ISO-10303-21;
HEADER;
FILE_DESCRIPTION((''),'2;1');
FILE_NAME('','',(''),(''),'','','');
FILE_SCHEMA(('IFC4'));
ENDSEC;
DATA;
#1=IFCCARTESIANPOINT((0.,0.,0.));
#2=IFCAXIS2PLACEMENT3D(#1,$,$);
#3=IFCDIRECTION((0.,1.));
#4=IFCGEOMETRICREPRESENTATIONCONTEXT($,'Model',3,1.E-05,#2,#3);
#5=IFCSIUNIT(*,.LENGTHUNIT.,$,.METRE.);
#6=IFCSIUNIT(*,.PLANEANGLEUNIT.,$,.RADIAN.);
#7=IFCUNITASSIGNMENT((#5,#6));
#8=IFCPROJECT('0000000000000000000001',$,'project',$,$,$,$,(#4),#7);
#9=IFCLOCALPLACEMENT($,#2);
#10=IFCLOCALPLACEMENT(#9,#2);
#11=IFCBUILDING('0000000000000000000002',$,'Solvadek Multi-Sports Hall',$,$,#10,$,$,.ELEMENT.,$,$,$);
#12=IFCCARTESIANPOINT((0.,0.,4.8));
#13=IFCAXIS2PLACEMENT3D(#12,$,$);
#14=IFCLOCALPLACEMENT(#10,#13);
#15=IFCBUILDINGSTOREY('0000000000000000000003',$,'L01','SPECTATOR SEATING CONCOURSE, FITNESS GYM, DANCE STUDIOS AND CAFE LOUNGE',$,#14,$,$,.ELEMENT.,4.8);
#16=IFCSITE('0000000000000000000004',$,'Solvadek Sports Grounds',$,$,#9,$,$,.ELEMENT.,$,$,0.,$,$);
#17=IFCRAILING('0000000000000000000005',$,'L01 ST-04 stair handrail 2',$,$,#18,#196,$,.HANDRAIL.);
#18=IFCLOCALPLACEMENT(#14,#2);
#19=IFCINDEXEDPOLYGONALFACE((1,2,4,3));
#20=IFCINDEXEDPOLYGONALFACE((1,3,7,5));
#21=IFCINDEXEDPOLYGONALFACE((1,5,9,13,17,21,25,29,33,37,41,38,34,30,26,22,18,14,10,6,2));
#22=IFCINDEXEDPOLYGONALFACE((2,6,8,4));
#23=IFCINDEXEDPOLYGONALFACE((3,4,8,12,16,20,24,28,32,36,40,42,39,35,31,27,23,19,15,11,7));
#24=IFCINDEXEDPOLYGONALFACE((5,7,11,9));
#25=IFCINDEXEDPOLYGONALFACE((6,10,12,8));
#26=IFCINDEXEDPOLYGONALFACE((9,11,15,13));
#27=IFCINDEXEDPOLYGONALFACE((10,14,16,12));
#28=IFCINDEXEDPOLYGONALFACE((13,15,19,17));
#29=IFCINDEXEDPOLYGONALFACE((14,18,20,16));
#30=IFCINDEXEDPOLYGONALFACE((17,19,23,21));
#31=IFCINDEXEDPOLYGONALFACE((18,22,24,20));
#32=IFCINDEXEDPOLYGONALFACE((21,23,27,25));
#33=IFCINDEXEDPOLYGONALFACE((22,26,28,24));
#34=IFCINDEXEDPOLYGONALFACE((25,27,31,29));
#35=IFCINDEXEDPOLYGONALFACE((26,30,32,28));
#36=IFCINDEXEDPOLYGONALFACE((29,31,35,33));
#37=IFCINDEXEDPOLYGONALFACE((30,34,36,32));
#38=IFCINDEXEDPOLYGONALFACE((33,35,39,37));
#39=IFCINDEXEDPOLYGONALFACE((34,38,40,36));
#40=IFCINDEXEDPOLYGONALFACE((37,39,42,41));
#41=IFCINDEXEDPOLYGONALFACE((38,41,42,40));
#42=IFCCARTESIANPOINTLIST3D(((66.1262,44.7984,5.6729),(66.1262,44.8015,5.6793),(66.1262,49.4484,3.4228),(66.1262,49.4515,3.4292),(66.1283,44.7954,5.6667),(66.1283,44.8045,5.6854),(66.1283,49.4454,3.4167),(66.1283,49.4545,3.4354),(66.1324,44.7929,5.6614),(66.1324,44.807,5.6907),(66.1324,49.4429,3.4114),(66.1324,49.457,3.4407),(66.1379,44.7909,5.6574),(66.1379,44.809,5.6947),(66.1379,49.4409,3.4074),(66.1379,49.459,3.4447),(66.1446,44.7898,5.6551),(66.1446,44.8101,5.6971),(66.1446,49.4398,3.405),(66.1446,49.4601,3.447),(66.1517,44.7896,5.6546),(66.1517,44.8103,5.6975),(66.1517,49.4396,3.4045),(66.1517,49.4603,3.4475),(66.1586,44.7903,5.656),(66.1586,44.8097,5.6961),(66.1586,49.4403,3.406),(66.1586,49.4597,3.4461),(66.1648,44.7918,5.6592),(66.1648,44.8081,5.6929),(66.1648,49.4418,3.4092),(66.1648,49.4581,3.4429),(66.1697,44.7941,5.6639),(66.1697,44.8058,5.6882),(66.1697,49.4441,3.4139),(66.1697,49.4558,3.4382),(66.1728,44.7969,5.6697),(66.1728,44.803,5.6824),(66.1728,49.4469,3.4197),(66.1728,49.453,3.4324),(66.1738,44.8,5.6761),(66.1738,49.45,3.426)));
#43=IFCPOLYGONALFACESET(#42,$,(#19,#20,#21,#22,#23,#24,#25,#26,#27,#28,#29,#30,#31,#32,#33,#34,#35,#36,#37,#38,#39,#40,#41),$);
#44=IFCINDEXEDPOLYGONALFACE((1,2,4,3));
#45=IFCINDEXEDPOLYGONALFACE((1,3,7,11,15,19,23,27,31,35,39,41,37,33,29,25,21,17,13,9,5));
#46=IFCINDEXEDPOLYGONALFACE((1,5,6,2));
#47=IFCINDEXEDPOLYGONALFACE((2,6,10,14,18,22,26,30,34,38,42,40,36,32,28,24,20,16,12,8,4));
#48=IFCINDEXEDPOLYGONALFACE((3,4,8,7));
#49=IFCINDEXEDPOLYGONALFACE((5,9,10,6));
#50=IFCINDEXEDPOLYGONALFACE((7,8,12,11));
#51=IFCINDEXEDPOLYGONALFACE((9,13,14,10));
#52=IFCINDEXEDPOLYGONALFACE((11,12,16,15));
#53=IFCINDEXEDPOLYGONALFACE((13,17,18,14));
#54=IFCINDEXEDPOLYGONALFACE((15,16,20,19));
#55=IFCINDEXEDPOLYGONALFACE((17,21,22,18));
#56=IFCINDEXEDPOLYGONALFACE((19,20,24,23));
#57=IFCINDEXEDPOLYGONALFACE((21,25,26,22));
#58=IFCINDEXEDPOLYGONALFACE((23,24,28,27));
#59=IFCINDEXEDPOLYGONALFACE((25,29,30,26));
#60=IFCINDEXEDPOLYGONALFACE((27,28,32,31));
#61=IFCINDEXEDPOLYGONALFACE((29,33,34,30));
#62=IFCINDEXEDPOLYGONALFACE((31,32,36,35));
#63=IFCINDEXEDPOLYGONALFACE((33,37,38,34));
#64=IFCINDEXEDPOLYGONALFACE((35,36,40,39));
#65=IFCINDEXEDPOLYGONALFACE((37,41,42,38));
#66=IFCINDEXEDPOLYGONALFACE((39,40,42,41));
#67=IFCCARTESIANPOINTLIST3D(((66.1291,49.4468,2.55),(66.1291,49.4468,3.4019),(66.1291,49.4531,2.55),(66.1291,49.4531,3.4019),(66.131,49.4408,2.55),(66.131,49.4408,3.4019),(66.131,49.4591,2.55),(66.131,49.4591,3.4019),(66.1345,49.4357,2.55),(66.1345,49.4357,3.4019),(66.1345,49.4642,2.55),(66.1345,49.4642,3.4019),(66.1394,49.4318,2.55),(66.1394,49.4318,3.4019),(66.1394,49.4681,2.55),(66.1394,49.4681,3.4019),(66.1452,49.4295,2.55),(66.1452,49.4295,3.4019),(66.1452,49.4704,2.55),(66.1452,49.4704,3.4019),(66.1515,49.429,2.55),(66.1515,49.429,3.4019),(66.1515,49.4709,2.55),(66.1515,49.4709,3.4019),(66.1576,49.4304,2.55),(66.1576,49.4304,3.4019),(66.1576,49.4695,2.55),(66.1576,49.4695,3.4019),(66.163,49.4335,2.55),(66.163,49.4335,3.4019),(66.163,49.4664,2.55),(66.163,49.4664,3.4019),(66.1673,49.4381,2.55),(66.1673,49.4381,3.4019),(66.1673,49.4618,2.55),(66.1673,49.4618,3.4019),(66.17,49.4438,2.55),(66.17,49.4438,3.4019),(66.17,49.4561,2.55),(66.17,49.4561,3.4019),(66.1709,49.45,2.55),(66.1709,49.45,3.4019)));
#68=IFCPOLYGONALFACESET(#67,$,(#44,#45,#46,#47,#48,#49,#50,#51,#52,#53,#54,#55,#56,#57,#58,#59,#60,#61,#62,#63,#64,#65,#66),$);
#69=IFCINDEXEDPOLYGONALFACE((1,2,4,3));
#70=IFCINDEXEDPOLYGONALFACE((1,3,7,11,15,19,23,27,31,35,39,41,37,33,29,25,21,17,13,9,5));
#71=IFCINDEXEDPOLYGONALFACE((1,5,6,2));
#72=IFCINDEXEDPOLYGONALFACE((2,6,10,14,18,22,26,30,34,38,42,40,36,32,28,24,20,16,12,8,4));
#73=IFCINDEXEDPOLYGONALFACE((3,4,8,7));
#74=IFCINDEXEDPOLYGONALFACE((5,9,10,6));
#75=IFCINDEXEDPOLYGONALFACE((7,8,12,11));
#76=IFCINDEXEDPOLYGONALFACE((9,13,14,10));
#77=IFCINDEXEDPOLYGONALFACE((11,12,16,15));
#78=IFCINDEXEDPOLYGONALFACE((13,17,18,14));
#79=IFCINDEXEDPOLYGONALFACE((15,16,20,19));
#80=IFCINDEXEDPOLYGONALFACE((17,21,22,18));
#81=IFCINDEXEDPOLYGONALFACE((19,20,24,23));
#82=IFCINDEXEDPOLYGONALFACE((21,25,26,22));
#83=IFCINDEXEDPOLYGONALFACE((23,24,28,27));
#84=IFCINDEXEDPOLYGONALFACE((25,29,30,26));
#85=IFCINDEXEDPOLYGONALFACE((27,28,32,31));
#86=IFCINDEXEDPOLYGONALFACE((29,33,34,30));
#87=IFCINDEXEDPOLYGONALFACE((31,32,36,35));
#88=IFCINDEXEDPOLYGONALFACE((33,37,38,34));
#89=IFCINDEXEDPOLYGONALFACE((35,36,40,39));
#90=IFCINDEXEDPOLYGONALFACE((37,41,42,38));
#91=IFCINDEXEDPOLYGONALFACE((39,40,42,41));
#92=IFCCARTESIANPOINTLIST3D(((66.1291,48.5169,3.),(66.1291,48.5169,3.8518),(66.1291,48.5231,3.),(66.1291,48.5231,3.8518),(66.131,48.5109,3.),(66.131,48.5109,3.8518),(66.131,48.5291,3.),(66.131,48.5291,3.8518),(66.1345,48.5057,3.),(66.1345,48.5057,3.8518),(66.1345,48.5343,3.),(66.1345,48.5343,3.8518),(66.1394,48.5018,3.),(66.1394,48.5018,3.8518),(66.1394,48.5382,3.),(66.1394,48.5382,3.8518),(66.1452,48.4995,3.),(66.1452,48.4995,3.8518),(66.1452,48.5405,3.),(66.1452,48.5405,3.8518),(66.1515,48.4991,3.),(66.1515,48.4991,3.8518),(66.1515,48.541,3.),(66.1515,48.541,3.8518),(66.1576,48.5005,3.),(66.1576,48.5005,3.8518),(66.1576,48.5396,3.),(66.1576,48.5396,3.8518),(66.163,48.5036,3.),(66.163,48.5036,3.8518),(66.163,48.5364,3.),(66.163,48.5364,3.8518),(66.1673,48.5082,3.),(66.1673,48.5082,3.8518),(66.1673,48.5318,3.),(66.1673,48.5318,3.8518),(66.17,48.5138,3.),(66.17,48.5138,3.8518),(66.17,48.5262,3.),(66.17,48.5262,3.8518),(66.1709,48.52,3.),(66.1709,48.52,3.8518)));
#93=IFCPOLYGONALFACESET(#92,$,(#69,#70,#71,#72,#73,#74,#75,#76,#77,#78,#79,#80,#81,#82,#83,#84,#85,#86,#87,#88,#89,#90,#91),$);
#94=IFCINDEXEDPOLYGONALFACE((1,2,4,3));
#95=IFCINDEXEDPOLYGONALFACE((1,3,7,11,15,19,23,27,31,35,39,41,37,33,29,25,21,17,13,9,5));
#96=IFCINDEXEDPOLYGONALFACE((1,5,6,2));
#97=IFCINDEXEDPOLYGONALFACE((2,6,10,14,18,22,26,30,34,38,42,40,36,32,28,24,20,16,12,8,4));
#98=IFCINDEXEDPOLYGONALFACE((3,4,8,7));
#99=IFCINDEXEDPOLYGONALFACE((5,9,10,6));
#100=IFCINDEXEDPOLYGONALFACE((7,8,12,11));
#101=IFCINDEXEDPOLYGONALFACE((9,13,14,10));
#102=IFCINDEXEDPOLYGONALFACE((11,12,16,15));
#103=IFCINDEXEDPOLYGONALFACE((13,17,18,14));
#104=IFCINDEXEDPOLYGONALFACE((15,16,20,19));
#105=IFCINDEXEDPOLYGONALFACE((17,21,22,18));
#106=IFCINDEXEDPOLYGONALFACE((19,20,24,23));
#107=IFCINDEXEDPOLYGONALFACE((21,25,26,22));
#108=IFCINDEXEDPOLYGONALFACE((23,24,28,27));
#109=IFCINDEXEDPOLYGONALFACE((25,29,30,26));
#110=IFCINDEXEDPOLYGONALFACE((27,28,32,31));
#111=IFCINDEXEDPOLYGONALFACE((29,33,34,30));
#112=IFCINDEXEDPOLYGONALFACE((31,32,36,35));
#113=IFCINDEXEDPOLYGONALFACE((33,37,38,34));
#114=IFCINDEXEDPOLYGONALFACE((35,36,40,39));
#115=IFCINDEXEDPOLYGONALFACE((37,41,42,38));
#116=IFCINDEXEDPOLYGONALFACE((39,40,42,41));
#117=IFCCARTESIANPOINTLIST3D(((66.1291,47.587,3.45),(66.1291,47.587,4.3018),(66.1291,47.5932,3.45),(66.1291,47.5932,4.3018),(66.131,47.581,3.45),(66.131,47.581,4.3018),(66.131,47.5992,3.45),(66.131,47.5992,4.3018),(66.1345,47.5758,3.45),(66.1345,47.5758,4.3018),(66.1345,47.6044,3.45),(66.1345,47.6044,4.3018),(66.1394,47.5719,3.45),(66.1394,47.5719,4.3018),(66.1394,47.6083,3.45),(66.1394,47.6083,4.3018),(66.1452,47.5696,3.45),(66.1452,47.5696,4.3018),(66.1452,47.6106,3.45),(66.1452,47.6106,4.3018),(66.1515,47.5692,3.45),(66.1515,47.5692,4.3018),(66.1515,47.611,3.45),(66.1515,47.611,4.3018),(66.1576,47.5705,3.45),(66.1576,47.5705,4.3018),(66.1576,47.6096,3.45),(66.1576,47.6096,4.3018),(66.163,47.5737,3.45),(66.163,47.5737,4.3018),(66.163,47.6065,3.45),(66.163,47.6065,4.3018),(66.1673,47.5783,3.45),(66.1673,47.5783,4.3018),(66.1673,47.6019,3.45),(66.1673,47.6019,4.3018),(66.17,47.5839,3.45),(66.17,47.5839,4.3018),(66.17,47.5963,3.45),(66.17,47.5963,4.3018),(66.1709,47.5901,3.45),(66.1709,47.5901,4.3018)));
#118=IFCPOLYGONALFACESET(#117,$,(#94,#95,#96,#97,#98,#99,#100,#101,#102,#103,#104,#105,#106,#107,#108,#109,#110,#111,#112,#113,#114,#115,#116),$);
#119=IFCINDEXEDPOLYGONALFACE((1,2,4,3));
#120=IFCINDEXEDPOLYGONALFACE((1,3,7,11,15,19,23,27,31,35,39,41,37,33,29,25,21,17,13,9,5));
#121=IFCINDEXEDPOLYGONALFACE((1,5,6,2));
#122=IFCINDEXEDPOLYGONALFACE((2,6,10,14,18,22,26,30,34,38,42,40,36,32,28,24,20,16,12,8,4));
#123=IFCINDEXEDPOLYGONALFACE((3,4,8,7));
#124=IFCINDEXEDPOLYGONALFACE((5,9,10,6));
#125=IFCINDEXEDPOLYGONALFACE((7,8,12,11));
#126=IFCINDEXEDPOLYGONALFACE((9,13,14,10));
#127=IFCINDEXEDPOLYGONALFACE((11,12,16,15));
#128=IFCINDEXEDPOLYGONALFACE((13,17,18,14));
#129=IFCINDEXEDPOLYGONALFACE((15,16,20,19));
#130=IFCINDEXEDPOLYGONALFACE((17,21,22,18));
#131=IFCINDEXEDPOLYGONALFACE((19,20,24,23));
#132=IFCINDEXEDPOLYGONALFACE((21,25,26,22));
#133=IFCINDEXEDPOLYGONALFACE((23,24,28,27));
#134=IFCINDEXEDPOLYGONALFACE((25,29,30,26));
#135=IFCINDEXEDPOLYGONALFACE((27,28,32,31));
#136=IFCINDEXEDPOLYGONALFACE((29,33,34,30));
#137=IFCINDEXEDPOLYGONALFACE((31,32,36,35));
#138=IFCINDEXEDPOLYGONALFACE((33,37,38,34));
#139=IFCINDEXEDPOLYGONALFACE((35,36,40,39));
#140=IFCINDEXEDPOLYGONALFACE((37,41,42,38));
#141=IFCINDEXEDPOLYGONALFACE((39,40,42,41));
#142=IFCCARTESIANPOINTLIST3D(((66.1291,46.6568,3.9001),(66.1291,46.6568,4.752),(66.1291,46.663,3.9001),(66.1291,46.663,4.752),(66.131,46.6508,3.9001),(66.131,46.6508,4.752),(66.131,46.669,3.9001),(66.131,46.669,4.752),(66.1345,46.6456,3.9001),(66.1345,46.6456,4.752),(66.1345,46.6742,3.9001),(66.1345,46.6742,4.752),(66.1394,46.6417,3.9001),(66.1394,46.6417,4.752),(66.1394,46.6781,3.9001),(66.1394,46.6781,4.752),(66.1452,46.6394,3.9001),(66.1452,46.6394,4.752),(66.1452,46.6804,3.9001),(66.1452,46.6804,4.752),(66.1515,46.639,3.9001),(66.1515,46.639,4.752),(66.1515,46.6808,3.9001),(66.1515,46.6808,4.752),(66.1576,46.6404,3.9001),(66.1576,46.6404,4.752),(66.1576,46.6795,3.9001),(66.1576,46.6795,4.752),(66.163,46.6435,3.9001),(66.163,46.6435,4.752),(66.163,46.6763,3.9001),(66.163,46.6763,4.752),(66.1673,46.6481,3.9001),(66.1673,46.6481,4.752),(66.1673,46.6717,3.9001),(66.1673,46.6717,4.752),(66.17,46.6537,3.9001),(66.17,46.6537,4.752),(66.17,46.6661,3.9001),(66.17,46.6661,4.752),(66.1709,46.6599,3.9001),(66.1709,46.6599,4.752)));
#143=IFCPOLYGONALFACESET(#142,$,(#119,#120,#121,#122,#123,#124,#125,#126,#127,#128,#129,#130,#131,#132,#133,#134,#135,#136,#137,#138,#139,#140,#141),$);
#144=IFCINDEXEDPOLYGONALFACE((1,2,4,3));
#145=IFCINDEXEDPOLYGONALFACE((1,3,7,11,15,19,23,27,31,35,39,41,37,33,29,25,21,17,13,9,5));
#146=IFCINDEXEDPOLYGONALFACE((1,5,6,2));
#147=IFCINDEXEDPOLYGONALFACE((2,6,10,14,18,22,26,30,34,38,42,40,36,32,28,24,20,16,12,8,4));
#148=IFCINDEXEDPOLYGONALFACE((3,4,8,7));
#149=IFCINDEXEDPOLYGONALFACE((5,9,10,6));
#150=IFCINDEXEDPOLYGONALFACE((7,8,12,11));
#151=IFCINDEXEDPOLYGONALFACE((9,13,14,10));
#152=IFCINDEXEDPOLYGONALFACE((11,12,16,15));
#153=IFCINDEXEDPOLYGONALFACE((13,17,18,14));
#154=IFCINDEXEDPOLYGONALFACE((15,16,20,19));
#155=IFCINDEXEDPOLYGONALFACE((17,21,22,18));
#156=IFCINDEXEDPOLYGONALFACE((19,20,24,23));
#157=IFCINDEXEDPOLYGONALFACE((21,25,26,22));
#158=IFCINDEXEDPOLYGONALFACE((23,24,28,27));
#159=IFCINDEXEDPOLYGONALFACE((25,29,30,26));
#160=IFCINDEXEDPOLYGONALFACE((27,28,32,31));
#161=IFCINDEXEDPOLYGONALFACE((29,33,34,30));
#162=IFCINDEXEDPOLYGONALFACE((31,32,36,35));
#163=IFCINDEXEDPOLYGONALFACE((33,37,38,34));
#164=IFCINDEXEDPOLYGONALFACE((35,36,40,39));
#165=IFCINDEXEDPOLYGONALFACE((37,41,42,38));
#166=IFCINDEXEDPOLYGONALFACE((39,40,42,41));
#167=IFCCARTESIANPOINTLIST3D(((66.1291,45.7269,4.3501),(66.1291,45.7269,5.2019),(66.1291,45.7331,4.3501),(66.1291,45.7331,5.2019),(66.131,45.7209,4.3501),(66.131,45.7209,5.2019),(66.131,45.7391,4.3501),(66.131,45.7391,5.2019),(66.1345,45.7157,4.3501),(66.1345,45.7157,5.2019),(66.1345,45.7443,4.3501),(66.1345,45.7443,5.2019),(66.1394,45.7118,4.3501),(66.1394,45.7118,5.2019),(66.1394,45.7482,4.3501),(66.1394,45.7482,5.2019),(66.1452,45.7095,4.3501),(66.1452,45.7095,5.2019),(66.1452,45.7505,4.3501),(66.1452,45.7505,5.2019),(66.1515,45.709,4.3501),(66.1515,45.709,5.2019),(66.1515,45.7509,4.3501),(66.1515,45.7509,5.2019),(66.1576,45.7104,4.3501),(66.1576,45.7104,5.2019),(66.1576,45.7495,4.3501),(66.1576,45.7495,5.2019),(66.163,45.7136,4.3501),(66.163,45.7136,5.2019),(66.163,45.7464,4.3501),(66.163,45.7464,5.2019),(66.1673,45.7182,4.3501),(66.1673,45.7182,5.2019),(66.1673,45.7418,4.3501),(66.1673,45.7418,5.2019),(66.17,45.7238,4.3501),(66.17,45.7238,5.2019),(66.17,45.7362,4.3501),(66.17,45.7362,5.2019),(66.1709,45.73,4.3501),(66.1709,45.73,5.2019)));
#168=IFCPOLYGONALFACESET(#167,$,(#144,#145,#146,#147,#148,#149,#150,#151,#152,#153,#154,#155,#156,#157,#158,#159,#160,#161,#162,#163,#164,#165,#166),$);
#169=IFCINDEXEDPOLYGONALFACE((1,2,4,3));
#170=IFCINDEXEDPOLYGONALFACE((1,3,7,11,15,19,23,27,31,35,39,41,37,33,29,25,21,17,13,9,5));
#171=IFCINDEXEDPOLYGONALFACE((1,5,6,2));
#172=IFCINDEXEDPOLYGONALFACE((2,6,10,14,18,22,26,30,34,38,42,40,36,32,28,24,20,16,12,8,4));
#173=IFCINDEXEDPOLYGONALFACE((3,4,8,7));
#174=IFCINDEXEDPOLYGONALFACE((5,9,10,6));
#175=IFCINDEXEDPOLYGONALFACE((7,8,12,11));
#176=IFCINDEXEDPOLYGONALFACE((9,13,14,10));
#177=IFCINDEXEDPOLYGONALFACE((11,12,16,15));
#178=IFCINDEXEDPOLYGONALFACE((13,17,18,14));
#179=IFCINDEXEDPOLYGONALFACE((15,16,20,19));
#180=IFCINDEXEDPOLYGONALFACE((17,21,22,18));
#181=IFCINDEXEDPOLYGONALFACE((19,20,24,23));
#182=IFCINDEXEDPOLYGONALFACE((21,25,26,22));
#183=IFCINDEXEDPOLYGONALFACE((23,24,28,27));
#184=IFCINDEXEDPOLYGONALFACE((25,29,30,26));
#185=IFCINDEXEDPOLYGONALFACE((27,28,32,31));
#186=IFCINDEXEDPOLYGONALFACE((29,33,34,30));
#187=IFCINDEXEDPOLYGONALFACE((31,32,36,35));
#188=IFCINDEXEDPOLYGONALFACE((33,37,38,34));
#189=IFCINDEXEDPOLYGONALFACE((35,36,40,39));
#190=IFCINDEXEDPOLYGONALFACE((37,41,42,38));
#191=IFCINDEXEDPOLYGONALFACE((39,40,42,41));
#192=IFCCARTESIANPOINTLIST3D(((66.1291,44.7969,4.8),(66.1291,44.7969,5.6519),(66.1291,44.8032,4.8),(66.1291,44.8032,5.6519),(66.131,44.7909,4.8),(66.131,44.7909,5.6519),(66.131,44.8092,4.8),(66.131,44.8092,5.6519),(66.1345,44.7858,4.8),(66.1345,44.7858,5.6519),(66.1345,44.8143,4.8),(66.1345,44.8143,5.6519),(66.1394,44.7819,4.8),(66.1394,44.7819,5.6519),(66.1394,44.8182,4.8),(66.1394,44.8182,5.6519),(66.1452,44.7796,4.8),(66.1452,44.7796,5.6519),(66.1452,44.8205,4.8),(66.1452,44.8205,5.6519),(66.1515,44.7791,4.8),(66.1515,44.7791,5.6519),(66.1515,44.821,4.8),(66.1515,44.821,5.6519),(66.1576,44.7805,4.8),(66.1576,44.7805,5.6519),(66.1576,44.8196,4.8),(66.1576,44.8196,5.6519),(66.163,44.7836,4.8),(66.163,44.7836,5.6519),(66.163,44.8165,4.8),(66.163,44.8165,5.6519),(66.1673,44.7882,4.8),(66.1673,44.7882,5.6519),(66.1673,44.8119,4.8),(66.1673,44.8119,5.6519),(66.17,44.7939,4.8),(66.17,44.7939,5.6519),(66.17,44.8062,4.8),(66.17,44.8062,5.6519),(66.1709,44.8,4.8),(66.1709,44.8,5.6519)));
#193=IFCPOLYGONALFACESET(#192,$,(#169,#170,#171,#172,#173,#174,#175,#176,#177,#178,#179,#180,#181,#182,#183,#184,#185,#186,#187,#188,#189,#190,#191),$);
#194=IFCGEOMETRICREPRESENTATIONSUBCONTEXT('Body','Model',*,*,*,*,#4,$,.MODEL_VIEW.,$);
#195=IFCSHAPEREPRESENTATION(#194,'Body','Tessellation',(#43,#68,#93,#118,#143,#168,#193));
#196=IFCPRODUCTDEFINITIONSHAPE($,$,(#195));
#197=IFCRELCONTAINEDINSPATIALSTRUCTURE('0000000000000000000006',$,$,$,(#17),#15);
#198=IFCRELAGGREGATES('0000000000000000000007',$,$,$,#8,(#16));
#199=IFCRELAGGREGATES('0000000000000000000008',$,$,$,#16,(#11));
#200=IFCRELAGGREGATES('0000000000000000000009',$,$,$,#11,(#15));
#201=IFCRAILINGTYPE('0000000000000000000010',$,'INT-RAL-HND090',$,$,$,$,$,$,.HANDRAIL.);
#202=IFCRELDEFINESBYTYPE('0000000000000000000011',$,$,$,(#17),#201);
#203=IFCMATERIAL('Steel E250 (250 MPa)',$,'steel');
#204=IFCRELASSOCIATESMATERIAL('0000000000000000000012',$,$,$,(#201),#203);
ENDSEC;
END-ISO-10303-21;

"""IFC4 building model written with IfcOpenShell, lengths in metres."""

from ifc_helpers import new_model, si_unit, direction, frame, origin, origin_2d, place, context, subcontext, project, spatial, circle, extrude, material, type_object, element, save


model = new_model("IFC4")

# Units and contexts
model_context = context("Model", 3, precision=1e-05, world=origin(), true_north=direction((0.0, 1.0)))
body_context = subcontext(model_context, "Body", "Model", "MODEL_VIEW")
ifc_project = project(units=[si_unit("LENGTHUNIT", "METRE"), si_unit("PLANEANGLEUNIT", "RADIAN")], contexts=[model_context])

# Site, building, storey
site_placement = place(None, origin())
site = spatial("IfcSite", under=ifc_project, at=site_placement, Name="Solvadek Sports Grounds", CompositionType="ELEMENT", RefElevation=0.0)
building_placement = place(site_placement, origin())
building = spatial("IfcBuilding", under=site, at=building_placement, Name="Solvadek Multi-Sports Hall", CompositionType="ELEMENT")
storey_placement = place(building_placement, frame((0.0, 0.0, 4.8)))
storey = spatial("IfcBuildingStorey", under=building, at=storey_placement, Name="L01", Description="SPECTATOR SEATING CONCOURSE, FITNESS GYM, DANCE STUDIOS AND CAFE LOUNGE", CompositionType="ELEMENT", Elevation=4.8)

# Shared definitions
ifc_material_1 = material(Name="Steel E250 (250 MPa)", Category="steel")

# Railing
railing_type_1 = type_object("IfcRailingType", Name="INT-RAL-HND090", PredefinedType="HANDRAIL", material=ifc_material_1)
railing_1_placement = place(storey_placement, frame((66.1499, 49.45, 2.55)))
element("IfcRailing", 1, at=railing_1_placement, inside=storey, type_object=railing_type_1, Name="L01 ST-04 stair handrail 2", PredefinedType="HANDRAIL", context=body_context, shape_type="SweptSolid", body=[
    extrude(circle(Radius=0.0239, at=origin_2d()), frame((0.0, 0.0, 0.876), z_axis=(0.0, -0.900156, 0.435568), x_axis=(1.0, 0.0, 0.0)), (0.0, 0.0, 1.0), 5.1658),
    extrude(circle(Radius=0.021, at=origin_2d()), origin(), (0.0, 0.0, 1.0), 0.8518),
    extrude(circle(Radius=0.021, at=origin_2d()), frame((0.0, -0.9299, 0.45)), (0.0, 0.0, 1.0), 0.8518),
    extrude(circle(Radius=0.021, at=origin_2d()), frame((0.0, -1.8599, 0.8999)), (0.0, 0.0, 1.0), 0.8518),
    extrude(circle(Radius=0.021, at=origin_2d()), frame((0.0, -2.79, 1.3501)), (0.0, 0.0, 1.0), 0.8518),
    extrude(circle(Radius=0.021, at=origin_2d()), frame((0.0, -3.72, 1.8)), (0.0, 0.0, 1.0), 0.8518),
    extrude(circle(Radius=0.021, at=origin_2d()), frame((0.0, -4.6499, 2.25)), (0.0, 0.0, 1.0), 0.8518),
])

save(model, "model.ifc")
